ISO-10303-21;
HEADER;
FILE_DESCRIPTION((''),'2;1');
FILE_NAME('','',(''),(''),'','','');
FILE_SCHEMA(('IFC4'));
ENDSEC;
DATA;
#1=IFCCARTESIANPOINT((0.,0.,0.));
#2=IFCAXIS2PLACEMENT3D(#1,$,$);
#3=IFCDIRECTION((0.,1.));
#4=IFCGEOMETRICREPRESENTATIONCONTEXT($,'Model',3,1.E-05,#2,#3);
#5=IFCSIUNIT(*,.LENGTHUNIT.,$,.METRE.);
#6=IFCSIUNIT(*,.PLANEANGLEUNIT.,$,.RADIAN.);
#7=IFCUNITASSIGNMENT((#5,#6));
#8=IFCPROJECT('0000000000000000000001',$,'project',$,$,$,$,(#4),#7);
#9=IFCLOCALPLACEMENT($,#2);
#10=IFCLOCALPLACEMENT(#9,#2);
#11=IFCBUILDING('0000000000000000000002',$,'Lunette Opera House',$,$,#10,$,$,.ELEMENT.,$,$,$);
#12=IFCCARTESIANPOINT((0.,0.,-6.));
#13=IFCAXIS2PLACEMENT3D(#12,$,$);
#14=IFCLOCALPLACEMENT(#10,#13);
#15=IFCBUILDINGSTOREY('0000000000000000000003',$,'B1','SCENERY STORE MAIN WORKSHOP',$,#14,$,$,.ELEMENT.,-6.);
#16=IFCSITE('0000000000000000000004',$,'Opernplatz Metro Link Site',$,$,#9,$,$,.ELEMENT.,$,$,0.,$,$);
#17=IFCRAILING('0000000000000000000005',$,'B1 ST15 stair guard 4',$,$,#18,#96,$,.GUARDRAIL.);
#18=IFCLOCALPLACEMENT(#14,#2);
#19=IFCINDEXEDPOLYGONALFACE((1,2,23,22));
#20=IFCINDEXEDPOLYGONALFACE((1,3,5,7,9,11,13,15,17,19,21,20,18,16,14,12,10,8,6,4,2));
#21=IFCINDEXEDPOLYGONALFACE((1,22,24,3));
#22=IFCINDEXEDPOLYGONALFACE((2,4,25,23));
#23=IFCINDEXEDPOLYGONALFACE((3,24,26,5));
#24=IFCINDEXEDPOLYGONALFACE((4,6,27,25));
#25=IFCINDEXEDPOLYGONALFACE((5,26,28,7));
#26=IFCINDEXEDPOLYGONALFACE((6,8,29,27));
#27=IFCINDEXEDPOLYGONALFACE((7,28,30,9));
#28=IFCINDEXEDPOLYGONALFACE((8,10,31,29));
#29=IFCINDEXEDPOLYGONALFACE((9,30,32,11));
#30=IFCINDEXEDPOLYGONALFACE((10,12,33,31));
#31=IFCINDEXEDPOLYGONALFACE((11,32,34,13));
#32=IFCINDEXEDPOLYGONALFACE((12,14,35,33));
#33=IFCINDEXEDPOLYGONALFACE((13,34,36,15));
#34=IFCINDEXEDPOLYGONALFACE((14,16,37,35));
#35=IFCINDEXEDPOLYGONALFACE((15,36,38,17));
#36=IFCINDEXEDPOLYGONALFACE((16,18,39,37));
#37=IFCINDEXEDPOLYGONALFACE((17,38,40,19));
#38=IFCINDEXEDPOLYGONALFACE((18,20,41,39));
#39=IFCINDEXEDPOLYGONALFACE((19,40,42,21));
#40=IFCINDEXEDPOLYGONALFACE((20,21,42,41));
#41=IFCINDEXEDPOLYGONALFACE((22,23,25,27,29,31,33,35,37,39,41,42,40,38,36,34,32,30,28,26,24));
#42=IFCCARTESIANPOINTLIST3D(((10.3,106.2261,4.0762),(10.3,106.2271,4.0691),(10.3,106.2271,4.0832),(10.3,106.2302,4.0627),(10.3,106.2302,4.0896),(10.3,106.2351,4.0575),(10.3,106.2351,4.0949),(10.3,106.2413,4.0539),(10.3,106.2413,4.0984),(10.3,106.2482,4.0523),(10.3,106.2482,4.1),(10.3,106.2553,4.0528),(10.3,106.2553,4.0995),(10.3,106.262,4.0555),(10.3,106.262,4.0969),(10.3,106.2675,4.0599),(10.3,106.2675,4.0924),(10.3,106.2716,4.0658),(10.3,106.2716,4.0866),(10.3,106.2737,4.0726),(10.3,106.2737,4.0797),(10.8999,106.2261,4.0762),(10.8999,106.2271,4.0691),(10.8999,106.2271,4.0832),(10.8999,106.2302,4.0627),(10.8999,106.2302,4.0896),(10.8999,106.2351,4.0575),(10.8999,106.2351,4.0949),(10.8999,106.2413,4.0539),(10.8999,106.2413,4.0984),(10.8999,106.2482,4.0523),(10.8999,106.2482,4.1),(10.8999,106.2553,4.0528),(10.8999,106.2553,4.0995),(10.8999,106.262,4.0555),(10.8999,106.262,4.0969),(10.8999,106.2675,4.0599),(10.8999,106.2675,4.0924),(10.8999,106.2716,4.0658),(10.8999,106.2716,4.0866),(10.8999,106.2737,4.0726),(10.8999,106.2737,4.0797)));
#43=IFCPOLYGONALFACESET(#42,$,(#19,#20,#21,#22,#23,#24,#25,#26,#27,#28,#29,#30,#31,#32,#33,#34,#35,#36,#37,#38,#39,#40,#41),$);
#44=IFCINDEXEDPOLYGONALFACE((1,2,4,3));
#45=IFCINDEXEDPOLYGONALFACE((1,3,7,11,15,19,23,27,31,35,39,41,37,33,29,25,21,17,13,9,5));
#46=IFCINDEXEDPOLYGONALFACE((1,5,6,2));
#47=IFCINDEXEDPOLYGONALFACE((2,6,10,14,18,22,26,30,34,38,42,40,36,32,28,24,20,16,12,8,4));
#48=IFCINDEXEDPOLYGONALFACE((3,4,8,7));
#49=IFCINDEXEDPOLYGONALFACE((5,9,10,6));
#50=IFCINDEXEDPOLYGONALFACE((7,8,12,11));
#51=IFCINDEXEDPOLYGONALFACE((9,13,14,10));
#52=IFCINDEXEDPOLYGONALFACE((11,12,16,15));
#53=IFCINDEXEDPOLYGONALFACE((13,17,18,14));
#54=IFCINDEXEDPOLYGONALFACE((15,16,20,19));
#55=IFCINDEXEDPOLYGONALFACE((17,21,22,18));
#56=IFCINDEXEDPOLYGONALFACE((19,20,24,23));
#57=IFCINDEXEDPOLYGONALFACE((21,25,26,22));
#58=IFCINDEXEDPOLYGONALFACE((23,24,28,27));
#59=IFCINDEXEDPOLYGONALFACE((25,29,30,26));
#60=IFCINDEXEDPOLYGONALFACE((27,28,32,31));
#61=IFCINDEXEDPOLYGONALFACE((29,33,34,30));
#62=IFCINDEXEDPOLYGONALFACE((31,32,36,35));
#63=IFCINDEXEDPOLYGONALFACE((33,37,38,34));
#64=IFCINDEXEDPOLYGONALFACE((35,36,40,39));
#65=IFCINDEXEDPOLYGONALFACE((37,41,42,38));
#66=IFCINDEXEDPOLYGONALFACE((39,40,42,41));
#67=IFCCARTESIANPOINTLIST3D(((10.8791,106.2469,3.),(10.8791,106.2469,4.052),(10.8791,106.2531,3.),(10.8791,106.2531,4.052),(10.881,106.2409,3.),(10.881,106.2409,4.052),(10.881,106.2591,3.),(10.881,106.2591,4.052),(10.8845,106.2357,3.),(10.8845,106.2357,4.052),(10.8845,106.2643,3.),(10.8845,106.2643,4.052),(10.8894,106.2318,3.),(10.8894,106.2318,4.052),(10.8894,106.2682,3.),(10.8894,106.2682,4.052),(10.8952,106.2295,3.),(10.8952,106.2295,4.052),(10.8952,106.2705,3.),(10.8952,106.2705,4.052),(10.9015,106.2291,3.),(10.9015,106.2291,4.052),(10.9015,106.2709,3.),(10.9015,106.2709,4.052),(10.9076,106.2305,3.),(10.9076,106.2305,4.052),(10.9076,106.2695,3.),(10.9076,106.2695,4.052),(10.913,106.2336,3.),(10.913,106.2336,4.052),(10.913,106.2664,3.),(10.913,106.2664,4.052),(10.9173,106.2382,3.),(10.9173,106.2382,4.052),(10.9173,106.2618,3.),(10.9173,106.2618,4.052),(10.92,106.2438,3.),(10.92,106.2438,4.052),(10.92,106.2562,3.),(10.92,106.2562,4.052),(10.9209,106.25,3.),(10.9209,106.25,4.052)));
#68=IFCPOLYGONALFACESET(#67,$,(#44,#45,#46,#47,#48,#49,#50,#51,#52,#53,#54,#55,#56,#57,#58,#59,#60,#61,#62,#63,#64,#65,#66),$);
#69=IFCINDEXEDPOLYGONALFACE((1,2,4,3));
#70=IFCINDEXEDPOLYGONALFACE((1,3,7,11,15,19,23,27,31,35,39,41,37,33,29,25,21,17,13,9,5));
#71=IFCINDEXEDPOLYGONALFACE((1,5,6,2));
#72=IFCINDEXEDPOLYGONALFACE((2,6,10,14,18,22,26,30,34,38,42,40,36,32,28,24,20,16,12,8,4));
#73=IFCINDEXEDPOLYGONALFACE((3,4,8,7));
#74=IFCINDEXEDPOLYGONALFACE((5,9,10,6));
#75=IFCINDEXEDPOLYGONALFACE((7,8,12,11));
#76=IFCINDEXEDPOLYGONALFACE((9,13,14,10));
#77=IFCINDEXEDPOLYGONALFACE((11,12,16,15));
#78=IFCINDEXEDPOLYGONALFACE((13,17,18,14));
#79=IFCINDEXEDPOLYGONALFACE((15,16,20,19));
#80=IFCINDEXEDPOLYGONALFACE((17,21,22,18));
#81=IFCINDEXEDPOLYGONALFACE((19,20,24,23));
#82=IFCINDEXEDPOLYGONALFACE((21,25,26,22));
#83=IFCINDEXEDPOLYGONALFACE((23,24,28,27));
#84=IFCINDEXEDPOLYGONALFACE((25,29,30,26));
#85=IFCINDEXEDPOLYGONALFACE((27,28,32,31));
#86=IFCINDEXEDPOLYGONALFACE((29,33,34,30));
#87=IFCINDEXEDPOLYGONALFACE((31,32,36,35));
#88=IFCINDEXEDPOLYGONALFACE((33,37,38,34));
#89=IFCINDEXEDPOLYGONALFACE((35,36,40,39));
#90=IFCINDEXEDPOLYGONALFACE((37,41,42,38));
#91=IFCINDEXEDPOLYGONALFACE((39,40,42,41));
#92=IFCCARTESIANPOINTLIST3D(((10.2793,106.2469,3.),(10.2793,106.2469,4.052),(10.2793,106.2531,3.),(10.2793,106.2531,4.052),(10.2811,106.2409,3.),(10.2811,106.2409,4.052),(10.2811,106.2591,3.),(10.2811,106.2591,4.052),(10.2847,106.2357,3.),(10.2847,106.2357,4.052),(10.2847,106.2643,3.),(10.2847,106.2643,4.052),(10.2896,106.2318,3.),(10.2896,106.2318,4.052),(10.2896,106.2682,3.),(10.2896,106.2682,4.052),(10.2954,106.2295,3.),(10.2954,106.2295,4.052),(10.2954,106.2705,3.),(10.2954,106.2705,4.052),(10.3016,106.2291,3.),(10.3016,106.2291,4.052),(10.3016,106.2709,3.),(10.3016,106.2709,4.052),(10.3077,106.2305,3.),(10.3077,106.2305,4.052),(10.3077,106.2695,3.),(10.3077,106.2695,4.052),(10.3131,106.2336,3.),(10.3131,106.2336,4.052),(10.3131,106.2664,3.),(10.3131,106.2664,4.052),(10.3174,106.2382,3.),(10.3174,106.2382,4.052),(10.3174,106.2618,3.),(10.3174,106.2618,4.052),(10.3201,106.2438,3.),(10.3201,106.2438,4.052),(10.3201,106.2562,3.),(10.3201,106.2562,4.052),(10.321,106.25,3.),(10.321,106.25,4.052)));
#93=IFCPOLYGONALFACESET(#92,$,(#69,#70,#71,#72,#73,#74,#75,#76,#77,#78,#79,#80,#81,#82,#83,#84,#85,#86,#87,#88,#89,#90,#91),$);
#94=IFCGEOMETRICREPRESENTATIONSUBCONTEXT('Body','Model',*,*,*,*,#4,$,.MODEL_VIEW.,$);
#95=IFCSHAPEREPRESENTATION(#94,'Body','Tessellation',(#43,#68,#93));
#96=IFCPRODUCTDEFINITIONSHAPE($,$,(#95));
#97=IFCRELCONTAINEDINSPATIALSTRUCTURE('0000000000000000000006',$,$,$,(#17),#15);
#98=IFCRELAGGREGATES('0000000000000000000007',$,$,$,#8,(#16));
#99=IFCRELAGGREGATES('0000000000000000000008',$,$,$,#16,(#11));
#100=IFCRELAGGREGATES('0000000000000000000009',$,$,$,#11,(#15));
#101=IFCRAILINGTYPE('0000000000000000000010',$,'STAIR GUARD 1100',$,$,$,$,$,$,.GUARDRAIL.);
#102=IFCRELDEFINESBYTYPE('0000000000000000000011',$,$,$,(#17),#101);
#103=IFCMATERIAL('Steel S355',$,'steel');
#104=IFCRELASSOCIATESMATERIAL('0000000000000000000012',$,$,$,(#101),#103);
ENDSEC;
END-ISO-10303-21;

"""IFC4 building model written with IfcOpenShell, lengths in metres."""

from ifc_helpers import new_model, si_unit, direction, frame, origin, origin_2d, place, context, subcontext, project, spatial, circle, extrude, material, type_object, element, save


model = new_model("IFC4")

# Units and contexts
model_context = context("Model", 3, precision=1e-05, world=origin(), true_north=direction((0.0, 1.0)))
body_context = subcontext(model_context, "Body", "Model", "MODEL_VIEW")
ifc_project = project(units=[si_unit("LENGTHUNIT", "METRE"), si_unit("PLANEANGLEUNIT", "RADIAN")], contexts=[model_context])

# Site, building, storey
site_placement = place(None, origin())
site = spatial("IfcSite", under=ifc_project, at=site_placement, Name="Opernplatz Metro Link Site", CompositionType="ELEMENT", RefElevation=0.0)
building_placement = place(site_placement, origin())
building = spatial("IfcBuilding", under=site, at=building_placement, Name="Lunette Opera House", CompositionType="ELEMENT")
storey_placement = place(building_placement, frame((0.0, 0.0, -6.0)))
storey = spatial("IfcBuildingStorey", under=building, at=storey_placement, Name="B1", Description="SCENERY STORE MAIN WORKSHOP", CompositionType="ELEMENT", Elevation=-6.0)

# Railing
ifc_material_1 = material(Name="Steel S355", Category="steel")
railing_type_1 = type_object("IfcRailingType", Name="STAIR GUARD 1100", PredefinedType="GUARDRAIL", material=ifc_material_1)
railing_1_placement = place(storey_placement, frame((10.8999, 106.25, 3.0)))
element("IfcRailing", 1, at=railing_1_placement, inside=storey, type_object=railing_type_1, Name="B1 ST15 stair guard 4", PredefinedType="GUARDRAIL", context=body_context, shape_type="SweptSolid", body=[
    extrude(circle(Radius=0.0239, at=origin_2d()), frame((0.0, 0.0, 1.0762), z_axis=(-1.0, 0.0, 0.0), x_axis=(0.0, -1.0, 0.0)), (0.0, 0.0, 1.0), 0.5999),
    extrude(circle(Radius=0.021, at=origin_2d()), origin(), (0.0, 0.0, 1.0), 1.052),
    extrude(circle(Radius=0.021, at=origin_2d()), frame((-0.5999, 0.0, 0.0)), (0.0, 0.0, 1.0), 1.052),
])

save(model, "model.ifc")
